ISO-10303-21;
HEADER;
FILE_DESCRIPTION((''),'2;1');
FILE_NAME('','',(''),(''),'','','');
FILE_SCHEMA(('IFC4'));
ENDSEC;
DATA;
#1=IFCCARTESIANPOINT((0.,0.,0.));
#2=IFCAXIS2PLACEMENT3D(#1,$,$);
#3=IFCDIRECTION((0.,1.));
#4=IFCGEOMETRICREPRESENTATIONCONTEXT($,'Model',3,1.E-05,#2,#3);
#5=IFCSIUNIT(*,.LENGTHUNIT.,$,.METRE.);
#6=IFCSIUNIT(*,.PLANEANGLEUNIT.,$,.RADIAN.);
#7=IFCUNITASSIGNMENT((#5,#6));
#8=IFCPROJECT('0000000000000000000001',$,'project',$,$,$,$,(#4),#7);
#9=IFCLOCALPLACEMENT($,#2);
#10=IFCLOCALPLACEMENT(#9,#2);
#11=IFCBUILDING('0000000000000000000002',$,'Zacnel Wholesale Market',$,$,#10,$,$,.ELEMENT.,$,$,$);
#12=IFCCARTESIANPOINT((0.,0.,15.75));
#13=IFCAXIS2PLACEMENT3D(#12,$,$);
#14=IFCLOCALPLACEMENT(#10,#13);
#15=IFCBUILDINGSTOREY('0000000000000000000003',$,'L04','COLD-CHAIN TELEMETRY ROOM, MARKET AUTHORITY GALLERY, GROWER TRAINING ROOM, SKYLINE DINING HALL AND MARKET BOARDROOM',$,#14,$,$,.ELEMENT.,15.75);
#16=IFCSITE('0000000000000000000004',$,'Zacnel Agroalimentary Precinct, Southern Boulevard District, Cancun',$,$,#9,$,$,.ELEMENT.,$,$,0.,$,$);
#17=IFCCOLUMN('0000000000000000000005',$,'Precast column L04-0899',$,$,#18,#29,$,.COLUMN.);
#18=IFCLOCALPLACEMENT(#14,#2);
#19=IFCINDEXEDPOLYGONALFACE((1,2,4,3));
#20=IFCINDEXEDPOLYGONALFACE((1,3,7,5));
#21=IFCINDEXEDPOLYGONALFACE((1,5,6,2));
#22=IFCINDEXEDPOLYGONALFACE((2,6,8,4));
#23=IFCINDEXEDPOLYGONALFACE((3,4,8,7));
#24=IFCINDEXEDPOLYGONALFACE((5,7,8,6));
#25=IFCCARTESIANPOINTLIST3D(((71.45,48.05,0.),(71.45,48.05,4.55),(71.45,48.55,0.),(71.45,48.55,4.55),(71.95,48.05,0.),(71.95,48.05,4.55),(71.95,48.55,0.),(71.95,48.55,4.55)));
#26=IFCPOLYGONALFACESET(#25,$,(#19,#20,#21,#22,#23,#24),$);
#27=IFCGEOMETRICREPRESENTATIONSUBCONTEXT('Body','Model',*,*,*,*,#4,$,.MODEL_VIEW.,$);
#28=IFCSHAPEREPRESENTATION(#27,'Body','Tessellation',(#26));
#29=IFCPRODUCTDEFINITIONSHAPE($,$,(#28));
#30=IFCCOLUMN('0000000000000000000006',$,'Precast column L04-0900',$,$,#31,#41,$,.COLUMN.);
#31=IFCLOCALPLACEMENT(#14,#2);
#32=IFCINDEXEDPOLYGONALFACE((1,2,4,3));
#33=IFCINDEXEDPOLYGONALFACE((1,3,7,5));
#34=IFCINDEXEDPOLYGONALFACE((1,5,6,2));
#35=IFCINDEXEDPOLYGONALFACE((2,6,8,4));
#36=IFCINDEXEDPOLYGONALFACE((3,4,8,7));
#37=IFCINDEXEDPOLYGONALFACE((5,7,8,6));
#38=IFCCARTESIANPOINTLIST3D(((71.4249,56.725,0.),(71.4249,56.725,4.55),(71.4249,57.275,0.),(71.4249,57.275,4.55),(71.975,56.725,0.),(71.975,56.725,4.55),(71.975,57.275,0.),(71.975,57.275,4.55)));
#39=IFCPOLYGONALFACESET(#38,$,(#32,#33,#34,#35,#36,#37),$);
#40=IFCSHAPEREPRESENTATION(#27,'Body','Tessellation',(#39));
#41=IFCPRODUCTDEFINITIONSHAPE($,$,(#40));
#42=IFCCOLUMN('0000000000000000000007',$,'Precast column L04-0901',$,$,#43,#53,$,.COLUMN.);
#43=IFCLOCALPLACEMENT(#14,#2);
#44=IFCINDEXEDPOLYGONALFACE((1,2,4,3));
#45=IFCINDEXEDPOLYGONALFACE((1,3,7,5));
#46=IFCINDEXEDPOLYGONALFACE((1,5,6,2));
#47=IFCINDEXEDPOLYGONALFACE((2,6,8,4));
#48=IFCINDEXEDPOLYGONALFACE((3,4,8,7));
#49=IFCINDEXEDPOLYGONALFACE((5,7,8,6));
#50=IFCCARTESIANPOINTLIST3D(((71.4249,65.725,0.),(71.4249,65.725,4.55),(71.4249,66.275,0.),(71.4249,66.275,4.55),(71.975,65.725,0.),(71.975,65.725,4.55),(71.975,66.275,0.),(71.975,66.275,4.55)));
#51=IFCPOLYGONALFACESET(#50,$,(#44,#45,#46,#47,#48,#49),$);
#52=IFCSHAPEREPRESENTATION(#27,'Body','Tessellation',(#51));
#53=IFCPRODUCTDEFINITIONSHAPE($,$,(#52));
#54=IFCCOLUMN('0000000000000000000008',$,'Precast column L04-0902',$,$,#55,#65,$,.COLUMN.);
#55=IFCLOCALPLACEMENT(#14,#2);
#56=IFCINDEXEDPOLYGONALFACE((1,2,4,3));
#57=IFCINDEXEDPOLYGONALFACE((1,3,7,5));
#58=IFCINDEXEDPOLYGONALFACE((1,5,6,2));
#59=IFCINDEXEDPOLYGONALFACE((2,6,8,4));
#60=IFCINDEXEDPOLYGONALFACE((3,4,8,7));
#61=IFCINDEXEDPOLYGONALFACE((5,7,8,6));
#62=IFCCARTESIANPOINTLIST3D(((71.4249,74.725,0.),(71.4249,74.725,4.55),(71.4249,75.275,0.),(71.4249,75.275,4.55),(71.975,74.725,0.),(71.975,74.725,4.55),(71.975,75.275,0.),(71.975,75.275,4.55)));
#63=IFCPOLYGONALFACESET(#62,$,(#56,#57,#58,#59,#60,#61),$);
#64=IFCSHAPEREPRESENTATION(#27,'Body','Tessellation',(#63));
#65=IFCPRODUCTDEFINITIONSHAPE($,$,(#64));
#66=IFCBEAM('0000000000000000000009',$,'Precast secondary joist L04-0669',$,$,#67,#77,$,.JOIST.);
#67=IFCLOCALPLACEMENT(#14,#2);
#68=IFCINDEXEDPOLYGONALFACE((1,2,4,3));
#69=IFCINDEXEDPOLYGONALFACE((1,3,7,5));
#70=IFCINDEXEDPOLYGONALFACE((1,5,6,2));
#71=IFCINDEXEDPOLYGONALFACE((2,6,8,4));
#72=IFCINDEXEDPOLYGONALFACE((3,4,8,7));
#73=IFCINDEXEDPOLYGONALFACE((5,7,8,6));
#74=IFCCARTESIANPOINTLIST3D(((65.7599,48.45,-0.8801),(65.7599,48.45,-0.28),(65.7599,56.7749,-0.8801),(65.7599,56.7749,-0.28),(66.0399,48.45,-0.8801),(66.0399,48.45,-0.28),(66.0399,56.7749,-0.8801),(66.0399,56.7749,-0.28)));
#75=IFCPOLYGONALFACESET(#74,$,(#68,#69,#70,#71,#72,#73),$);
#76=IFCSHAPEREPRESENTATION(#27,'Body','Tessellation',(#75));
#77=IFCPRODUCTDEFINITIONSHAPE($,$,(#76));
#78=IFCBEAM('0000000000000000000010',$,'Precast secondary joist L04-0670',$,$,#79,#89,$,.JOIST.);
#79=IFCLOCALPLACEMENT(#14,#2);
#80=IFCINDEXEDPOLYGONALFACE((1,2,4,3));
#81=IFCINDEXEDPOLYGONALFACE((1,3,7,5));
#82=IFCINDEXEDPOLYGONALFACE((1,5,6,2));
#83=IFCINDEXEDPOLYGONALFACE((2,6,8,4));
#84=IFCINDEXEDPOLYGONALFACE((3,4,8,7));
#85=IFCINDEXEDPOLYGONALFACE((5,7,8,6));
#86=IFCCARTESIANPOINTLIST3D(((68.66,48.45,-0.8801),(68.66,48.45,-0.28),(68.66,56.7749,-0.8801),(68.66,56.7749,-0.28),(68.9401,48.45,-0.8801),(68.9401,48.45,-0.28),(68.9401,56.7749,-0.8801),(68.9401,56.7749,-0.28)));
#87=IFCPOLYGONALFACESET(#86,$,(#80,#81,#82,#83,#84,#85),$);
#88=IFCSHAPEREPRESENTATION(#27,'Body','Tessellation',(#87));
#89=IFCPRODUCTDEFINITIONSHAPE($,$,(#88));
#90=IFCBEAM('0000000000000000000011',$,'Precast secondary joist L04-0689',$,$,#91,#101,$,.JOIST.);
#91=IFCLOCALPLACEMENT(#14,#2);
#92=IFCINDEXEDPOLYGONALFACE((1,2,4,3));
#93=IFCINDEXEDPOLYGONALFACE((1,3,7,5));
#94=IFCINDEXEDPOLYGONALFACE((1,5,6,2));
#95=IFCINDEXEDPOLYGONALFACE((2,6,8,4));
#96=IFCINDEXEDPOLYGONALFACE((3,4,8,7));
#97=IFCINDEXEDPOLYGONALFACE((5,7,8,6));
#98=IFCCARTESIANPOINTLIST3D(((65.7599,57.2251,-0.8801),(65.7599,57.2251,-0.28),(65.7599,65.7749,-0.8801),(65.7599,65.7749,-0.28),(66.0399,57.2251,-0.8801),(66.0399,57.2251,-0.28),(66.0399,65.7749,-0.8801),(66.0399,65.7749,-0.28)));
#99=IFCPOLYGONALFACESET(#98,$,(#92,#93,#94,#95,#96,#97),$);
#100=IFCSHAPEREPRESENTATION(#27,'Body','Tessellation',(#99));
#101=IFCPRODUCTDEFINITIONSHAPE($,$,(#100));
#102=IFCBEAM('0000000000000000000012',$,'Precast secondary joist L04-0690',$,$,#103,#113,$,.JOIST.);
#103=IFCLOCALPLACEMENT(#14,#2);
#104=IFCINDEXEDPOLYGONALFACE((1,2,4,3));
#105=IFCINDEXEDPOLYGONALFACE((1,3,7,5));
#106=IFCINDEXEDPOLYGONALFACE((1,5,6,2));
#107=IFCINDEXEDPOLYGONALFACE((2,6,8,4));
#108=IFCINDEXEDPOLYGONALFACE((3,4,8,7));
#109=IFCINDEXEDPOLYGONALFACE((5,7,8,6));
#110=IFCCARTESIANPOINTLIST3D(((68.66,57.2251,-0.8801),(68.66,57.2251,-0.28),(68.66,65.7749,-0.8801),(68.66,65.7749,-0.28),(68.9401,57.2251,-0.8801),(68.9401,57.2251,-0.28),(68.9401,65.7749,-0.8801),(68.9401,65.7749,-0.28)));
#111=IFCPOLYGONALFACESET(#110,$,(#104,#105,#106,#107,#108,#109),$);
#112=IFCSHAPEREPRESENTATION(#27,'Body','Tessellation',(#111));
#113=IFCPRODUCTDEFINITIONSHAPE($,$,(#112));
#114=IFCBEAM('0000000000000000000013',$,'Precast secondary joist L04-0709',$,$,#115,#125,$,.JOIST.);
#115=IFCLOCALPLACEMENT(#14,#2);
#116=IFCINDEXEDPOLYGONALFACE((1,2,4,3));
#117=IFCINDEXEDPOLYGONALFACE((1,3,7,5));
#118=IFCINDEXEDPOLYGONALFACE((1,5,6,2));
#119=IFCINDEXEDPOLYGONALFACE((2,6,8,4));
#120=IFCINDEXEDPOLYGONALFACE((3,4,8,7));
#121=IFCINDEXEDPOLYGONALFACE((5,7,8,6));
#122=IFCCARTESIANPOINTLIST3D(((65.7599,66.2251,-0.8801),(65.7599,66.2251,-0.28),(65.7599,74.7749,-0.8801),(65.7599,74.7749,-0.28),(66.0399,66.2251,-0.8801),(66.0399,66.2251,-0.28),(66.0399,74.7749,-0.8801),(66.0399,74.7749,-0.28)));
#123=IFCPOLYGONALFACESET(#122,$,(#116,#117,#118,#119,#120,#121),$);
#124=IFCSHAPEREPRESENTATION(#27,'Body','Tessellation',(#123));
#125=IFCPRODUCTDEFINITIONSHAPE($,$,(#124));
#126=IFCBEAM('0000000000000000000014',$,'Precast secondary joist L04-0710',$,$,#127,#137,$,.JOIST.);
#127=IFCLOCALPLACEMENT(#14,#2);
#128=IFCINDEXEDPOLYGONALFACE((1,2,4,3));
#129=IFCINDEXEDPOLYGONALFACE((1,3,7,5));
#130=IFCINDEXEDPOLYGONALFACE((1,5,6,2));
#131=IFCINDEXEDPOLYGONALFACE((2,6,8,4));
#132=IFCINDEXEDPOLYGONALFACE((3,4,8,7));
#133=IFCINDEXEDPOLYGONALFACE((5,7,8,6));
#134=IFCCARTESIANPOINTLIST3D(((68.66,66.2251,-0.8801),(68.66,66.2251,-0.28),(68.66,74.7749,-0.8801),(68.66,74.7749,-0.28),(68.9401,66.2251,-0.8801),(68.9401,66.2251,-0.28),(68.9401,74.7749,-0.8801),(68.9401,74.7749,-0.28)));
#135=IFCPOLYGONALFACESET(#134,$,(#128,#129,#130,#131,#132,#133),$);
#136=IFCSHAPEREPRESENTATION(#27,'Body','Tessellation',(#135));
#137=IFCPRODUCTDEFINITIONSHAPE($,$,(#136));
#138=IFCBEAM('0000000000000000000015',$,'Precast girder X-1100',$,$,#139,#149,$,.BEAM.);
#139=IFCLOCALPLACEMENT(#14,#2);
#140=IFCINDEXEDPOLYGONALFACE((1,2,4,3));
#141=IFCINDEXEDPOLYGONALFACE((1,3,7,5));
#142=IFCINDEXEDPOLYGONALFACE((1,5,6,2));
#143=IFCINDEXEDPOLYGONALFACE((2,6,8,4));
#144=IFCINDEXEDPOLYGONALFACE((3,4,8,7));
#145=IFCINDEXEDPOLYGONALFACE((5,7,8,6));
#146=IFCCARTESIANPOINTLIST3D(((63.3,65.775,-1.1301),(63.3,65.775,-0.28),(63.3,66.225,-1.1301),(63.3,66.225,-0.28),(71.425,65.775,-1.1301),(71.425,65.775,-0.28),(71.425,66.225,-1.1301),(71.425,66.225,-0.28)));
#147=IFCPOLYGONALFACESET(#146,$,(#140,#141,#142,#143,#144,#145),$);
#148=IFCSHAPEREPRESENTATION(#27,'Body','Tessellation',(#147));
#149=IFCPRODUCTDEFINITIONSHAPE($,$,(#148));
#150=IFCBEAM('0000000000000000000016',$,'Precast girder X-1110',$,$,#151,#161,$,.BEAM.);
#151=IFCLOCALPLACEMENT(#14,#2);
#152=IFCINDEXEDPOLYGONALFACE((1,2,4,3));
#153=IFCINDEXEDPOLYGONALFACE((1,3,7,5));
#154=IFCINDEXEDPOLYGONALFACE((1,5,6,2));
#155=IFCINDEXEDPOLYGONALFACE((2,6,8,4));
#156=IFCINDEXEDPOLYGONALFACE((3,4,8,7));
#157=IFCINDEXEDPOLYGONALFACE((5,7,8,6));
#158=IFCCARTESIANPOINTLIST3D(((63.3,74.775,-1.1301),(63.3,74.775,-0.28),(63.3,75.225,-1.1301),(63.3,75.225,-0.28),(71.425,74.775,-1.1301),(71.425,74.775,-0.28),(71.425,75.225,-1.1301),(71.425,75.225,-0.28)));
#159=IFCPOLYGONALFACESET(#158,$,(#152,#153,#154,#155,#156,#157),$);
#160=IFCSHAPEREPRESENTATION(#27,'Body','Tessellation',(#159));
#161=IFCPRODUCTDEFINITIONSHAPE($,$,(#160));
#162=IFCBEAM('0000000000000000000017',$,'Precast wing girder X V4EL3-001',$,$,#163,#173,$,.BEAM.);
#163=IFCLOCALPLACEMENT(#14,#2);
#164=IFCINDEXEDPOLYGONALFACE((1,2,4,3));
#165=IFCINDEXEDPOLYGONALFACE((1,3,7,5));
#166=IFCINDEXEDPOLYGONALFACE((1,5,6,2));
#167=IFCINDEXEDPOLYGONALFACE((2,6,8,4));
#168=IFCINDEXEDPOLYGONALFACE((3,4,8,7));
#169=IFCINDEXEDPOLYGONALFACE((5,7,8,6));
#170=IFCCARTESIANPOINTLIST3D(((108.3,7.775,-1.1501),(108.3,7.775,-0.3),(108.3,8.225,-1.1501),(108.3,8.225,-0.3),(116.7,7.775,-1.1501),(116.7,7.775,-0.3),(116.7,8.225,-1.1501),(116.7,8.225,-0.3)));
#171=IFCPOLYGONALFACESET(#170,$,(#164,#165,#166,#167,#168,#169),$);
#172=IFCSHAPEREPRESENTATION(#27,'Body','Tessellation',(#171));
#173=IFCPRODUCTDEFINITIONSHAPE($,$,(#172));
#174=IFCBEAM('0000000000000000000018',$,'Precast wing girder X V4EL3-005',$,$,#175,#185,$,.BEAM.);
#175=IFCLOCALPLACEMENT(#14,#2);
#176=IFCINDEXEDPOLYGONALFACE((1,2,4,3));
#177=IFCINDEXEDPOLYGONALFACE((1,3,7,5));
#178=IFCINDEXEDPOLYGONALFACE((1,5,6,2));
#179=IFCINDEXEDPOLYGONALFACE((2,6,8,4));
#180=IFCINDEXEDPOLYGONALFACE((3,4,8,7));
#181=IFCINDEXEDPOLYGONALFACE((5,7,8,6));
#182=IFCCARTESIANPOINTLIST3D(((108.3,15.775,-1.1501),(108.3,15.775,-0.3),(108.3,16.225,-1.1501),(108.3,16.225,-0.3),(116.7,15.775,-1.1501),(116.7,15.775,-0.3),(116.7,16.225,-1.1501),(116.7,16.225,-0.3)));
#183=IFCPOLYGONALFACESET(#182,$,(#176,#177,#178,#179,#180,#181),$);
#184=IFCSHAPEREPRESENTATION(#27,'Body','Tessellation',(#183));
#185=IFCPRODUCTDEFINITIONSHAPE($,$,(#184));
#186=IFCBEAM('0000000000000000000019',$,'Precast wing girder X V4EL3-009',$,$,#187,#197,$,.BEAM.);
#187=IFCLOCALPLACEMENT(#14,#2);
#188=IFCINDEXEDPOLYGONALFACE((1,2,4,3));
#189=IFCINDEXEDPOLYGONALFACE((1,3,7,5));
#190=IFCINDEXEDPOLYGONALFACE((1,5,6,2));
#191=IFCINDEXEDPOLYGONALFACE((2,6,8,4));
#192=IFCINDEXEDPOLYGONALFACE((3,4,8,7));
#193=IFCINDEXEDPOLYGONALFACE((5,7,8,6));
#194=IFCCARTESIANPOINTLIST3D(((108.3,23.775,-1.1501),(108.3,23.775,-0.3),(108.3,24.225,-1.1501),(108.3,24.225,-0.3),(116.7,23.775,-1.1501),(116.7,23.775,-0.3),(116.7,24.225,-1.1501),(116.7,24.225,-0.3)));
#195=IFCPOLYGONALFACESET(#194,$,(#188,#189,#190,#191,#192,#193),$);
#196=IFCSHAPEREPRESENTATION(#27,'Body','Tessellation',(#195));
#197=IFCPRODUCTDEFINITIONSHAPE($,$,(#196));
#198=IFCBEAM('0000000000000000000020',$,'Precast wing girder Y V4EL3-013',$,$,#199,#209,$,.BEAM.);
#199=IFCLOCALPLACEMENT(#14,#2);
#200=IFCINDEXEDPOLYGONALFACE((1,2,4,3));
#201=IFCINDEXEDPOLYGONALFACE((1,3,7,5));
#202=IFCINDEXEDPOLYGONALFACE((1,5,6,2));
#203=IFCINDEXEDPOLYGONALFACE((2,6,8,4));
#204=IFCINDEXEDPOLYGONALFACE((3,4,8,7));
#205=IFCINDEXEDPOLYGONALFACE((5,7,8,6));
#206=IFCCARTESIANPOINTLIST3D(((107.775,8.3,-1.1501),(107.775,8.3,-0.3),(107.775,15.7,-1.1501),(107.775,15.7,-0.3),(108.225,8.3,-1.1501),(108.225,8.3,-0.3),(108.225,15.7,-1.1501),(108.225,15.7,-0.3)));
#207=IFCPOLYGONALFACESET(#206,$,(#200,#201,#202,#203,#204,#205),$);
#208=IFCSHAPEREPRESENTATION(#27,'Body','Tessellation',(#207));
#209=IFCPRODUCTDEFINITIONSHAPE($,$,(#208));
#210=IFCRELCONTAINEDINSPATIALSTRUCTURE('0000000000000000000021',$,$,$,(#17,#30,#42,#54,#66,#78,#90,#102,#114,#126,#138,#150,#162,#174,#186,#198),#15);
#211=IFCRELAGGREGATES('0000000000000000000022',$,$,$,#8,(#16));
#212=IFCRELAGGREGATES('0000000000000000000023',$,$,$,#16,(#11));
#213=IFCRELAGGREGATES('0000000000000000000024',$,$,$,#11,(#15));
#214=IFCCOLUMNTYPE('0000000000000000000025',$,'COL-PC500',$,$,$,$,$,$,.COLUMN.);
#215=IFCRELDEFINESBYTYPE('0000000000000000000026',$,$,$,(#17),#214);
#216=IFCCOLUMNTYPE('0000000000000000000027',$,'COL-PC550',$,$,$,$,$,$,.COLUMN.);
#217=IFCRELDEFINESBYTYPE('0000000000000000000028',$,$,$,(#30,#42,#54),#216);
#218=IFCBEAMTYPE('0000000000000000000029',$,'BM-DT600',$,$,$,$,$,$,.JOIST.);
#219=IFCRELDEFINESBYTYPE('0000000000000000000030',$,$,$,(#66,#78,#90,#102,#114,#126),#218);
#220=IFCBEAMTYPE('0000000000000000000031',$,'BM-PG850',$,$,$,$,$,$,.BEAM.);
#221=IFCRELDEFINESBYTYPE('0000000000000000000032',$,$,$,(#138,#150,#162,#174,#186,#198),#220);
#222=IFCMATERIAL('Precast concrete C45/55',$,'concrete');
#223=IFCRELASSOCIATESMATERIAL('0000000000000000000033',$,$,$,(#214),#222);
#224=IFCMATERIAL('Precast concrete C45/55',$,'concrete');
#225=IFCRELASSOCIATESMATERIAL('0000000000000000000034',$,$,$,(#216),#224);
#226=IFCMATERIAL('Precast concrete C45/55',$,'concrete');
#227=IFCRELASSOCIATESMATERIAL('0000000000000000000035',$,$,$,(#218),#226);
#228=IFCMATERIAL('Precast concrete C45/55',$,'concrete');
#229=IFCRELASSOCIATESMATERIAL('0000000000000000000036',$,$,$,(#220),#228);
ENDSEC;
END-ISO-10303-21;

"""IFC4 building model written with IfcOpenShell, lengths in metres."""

from ifc_helpers import new_model, si_unit, direction, frame, origin, origin_2d, place, context, subcontext, project, spatial, rectangle, extrude, material, material_profile, profile_set, type_object, element, save


model = new_model("IFC4")

# Units and contexts
model_context = context("Model", 3, precision=1e-05, world=origin(), true_north=direction((0.0, 1.0)))
body_context = subcontext(model_context, "Body", "Model", "MODEL_VIEW")
ifc_project = project(units=[si_unit("LENGTHUNIT", "METRE"), si_unit("PLANEANGLEUNIT", "RADIAN")], contexts=[model_context])

# Site, building, storey
site_placement = place(None, origin())
site = spatial("IfcSite", under=ifc_project, at=site_placement, Name="Zacnel Agroalimentary Precinct, Southern Boulevard District, Cancun", CompositionType="ELEMENT", RefElevation=0.0)
building_placement = place(site_placement, origin())
building = spatial("IfcBuilding", under=site, at=building_placement, Name="Zacnel Wholesale Market", CompositionType="ELEMENT")
storey_placement = place(building_placement, frame((0.0, 0.0, 15.75)))
storey = spatial("IfcBuildingStorey", under=building, at=storey_placement, Name="L04", Description="COLD-CHAIN TELEMETRY ROOM, MARKET AUTHORITY GALLERY, GROWER TRAINING ROOM, SKYLINE DINING HALL AND MARKET BOARDROOM", CompositionType="ELEMENT", Elevation=15.75)

# Columns
ifc_material_1 = material(Name="Precast concrete C45/55", Category="concrete")
ifc_material_profile_1 = material_profile(ifc_material_1, rectangle(XDim=0.5, YDim=0.5, at=origin_2d()), Name="PC 500x500")
ifc_profile_set_1 = profile_set([ifc_material_profile_1], Name="Precast concrete C45/55")
column_type_1 = type_object("IfcColumnType", Name="COL-PC500", PredefinedType="COLUMN", material=ifc_profile_set_1)
column_placement = place(storey_placement, frame((71.7, 48.3, 0.0), z_axis=(0.0, 0.0, 1.0), x_axis=(1.0, 0.0, 0.0)))
element("IfcColumn", 1, at=column_placement, inside=storey, type_object=column_type_1, Name="Precast column L04-0899", PredefinedType="COLUMN", context=body_context, shape_type="SweptSolid", body=[
    extrude(rectangle(XDim=0.5, YDim=0.5, at=origin_2d()), origin(), (0.0, 0.0, 1.0), 4.55),
])
ifc_material_2 = material(Name="Precast concrete C45/55", Category="concrete")
ifc_material_profile_2 = material_profile(ifc_material_2, rectangle(XDim=0.55, YDim=0.55, at=origin_2d()), Name="PC 550x550")
ifc_profile_set_2 = profile_set([ifc_material_profile_2], Name="Precast concrete C45/55")
column_type_2 = type_object("IfcColumnType", Name="COL-PC550", PredefinedType="COLUMN", material=ifc_profile_set_2)
for number, where, z_axis, x_axis, name in (
    (2, (71.7, 57.0, 0.0), (0.0, 0.0, 1.0), (1.0, 0.0, 0.0), "Precast column L04-0900"),
    (3, (71.7, 66.0, 0.0), (0.0, 0.0, 1.0), (1.0, 0.0, 0.0), "Precast column L04-0901"),
    (4, (71.7, 75.0, 0.0), (0.0, 0.0, 1.0), (1.0, 0.0, 0.0), "Precast column L04-0902"),
):
    element("IfcColumn", number, at=place(storey_placement, frame(where, z_axis=z_axis, x_axis=x_axis)), inside=storey, type_object=column_type_2, Name=name, PredefinedType="COLUMN", context=body_context, shape_type="SweptSolid", body=[
        extrude(rectangle(XDim=0.55, YDim=0.55, at=origin_2d()), origin(), (0.0, 0.0, 1.0), 4.55),
    ])

# Beams
ifc_material_3 = material(Name="Precast concrete C45/55", Category="concrete")
ifc_material_profile_3 = material_profile(ifc_material_3, rectangle(XDim=0.28, YDim=0.6001, at=origin_2d()), Name="DT RIB 280x600")
ifc_profile_set_3 = profile_set([ifc_material_profile_3], Name="Precast concrete C45/55")
beam_type_1 = type_object("IfcBeamType", Name="BM-DT600", PredefinedType="JOIST", material=ifc_profile_set_3)
for number, where, z_axis, x_axis, name in (
    (5, (65.8999, 48.45, -0.5801), (0.0, 1.0, 0.0), (-1.0, 0.0, 0.0), "Precast secondary joist L04-0669"),
    (6, (68.8, 48.45, -0.5801), (0.0, 1.0, 0.0), (-1.0, 0.0, 0.0), "Precast secondary joist L04-0670"),
):
    element("IfcBeam", number, at=place(storey_placement, frame(where, z_axis=z_axis, x_axis=x_axis)), inside=storey, type_object=beam_type_1, Name=name, PredefinedType="JOIST", context=body_context, shape_type="SweptSolid", body=[
        extrude(rectangle(XDim=0.28, YDim=0.6001, at=origin_2d()), origin(), (0.0, 0.0, 1.0), 8.325),
    ])
for number, where, z_axis, x_axis, name in (
    (7, (65.8999, 57.2251, -0.5801), (0.0, 1.0, 0.0), (-1.0, 0.0, 0.0), "Precast secondary joist L04-0689"),
    (8, (68.8, 57.2251, -0.5801), (0.0, 1.0, 0.0), (-1.0, 0.0, 0.0), "Precast secondary joist L04-0690"),
    (9, (65.8999, 66.2251, -0.5801), (0.0, 1.0, 0.0), (-1.0, 0.0, 0.0), "Precast secondary joist L04-0709"),
    (10, (68.8, 66.2251, -0.5801), (0.0, 1.0, 0.0), (-1.0, 0.0, 0.0), "Precast secondary joist L04-0710"),
):
    element("IfcBeam", number, at=place(storey_placement, frame(where, z_axis=z_axis, x_axis=x_axis)), inside=storey, type_object=beam_type_1, Name=name, PredefinedType="JOIST", context=body_context, shape_type="SweptSolid", body=[
        extrude(rectangle(XDim=0.28, YDim=0.6001, at=origin_2d()), origin(), (0.0, 0.0, 1.0), 8.5498),
    ])
ifc_material_4 = material(Name="Precast concrete C45/55", Category="concrete")
ifc_material_profile_4 = material_profile(ifc_material_4, rectangle(XDim=0.45, YDim=0.8501, at=origin_2d()), Name="PG 450x850")
ifc_profile_set_4 = profile_set([ifc_material_profile_4], Name="Precast concrete C45/55")
beam_type_2 = type_object("IfcBeamType", Name="BM-PG850", PredefinedType="BEAM", material=ifc_profile_set_4)
for number, where, z_axis, x_axis, name in (
    (11, (63.3, 66.0, -0.7051), (1.0, 0.0, 0.0), (0.0, 1.0, 0.0), "Precast girder X-1100"),
    (12, (63.3, 75.0, -0.7051), (1.0, 0.0, 0.0), (0.0, 1.0, 0.0), "Precast girder X-1110"),
):
    element("IfcBeam", number, at=place(storey_placement, frame(where, z_axis=z_axis, x_axis=x_axis)), inside=storey, type_object=beam_type_2, Name=name, PredefinedType="BEAM", context=body_context, shape_type="SweptSolid", body=[
        extrude(rectangle(XDim=0.45, YDim=0.8501, at=origin_2d()), origin(), (0.0, 0.0, 1.0), 8.125),
    ])
for number, where, z_axis, x_axis, name in (
    (13, (108.3, 8.0, -0.7251), (1.0, 0.0, 0.0), (0.0, 1.0, 0.0), "Precast wing girder X V4EL3-001"),
    (14, (108.3, 16.0, -0.7251), (1.0, 0.0, 0.0), (0.0, 1.0, 0.0), "Precast wing girder X V4EL3-005"),
    (15, (108.3, 24.0, -0.7251), (1.0, 0.0, 0.0), (0.0, 1.0, 0.0), "Precast wing girder X V4EL3-009"),
):
    element("IfcBeam", number, at=place(storey_placement, frame(where, z_axis=z_axis, x_axis=x_axis)), inside=storey, type_object=beam_type_2, Name=name, PredefinedType="BEAM", context=body_context, shape_type="SweptSolid", body=[
        extrude(rectangle(XDim=0.45, YDim=0.8501, at=origin_2d()), origin(), (0.0, 0.0, 1.0), 8.3999),
    ])
for number, where, z_axis, x_axis, name in (
    (16, (108.0, 8.3, -0.7251), (0.0, 1.0, 0.0), (-1.0, 0.0, 0.0), "Precast wing girder Y V4EL3-013"),
):
    element("IfcBeam", number, at=place(storey_placement, frame(where, z_axis=z_axis, x_axis=x_axis)), inside=storey, type_object=beam_type_2, Name=name, PredefinedType="BEAM", context=body_context, shape_type="SweptSolid", body=[
        extrude(rectangle(XDim=0.45, YDim=0.8501, at=origin_2d()), origin(), (0.0, 0.0, 1.0), 7.3999),
    ])

save(model, "model.ifc")
